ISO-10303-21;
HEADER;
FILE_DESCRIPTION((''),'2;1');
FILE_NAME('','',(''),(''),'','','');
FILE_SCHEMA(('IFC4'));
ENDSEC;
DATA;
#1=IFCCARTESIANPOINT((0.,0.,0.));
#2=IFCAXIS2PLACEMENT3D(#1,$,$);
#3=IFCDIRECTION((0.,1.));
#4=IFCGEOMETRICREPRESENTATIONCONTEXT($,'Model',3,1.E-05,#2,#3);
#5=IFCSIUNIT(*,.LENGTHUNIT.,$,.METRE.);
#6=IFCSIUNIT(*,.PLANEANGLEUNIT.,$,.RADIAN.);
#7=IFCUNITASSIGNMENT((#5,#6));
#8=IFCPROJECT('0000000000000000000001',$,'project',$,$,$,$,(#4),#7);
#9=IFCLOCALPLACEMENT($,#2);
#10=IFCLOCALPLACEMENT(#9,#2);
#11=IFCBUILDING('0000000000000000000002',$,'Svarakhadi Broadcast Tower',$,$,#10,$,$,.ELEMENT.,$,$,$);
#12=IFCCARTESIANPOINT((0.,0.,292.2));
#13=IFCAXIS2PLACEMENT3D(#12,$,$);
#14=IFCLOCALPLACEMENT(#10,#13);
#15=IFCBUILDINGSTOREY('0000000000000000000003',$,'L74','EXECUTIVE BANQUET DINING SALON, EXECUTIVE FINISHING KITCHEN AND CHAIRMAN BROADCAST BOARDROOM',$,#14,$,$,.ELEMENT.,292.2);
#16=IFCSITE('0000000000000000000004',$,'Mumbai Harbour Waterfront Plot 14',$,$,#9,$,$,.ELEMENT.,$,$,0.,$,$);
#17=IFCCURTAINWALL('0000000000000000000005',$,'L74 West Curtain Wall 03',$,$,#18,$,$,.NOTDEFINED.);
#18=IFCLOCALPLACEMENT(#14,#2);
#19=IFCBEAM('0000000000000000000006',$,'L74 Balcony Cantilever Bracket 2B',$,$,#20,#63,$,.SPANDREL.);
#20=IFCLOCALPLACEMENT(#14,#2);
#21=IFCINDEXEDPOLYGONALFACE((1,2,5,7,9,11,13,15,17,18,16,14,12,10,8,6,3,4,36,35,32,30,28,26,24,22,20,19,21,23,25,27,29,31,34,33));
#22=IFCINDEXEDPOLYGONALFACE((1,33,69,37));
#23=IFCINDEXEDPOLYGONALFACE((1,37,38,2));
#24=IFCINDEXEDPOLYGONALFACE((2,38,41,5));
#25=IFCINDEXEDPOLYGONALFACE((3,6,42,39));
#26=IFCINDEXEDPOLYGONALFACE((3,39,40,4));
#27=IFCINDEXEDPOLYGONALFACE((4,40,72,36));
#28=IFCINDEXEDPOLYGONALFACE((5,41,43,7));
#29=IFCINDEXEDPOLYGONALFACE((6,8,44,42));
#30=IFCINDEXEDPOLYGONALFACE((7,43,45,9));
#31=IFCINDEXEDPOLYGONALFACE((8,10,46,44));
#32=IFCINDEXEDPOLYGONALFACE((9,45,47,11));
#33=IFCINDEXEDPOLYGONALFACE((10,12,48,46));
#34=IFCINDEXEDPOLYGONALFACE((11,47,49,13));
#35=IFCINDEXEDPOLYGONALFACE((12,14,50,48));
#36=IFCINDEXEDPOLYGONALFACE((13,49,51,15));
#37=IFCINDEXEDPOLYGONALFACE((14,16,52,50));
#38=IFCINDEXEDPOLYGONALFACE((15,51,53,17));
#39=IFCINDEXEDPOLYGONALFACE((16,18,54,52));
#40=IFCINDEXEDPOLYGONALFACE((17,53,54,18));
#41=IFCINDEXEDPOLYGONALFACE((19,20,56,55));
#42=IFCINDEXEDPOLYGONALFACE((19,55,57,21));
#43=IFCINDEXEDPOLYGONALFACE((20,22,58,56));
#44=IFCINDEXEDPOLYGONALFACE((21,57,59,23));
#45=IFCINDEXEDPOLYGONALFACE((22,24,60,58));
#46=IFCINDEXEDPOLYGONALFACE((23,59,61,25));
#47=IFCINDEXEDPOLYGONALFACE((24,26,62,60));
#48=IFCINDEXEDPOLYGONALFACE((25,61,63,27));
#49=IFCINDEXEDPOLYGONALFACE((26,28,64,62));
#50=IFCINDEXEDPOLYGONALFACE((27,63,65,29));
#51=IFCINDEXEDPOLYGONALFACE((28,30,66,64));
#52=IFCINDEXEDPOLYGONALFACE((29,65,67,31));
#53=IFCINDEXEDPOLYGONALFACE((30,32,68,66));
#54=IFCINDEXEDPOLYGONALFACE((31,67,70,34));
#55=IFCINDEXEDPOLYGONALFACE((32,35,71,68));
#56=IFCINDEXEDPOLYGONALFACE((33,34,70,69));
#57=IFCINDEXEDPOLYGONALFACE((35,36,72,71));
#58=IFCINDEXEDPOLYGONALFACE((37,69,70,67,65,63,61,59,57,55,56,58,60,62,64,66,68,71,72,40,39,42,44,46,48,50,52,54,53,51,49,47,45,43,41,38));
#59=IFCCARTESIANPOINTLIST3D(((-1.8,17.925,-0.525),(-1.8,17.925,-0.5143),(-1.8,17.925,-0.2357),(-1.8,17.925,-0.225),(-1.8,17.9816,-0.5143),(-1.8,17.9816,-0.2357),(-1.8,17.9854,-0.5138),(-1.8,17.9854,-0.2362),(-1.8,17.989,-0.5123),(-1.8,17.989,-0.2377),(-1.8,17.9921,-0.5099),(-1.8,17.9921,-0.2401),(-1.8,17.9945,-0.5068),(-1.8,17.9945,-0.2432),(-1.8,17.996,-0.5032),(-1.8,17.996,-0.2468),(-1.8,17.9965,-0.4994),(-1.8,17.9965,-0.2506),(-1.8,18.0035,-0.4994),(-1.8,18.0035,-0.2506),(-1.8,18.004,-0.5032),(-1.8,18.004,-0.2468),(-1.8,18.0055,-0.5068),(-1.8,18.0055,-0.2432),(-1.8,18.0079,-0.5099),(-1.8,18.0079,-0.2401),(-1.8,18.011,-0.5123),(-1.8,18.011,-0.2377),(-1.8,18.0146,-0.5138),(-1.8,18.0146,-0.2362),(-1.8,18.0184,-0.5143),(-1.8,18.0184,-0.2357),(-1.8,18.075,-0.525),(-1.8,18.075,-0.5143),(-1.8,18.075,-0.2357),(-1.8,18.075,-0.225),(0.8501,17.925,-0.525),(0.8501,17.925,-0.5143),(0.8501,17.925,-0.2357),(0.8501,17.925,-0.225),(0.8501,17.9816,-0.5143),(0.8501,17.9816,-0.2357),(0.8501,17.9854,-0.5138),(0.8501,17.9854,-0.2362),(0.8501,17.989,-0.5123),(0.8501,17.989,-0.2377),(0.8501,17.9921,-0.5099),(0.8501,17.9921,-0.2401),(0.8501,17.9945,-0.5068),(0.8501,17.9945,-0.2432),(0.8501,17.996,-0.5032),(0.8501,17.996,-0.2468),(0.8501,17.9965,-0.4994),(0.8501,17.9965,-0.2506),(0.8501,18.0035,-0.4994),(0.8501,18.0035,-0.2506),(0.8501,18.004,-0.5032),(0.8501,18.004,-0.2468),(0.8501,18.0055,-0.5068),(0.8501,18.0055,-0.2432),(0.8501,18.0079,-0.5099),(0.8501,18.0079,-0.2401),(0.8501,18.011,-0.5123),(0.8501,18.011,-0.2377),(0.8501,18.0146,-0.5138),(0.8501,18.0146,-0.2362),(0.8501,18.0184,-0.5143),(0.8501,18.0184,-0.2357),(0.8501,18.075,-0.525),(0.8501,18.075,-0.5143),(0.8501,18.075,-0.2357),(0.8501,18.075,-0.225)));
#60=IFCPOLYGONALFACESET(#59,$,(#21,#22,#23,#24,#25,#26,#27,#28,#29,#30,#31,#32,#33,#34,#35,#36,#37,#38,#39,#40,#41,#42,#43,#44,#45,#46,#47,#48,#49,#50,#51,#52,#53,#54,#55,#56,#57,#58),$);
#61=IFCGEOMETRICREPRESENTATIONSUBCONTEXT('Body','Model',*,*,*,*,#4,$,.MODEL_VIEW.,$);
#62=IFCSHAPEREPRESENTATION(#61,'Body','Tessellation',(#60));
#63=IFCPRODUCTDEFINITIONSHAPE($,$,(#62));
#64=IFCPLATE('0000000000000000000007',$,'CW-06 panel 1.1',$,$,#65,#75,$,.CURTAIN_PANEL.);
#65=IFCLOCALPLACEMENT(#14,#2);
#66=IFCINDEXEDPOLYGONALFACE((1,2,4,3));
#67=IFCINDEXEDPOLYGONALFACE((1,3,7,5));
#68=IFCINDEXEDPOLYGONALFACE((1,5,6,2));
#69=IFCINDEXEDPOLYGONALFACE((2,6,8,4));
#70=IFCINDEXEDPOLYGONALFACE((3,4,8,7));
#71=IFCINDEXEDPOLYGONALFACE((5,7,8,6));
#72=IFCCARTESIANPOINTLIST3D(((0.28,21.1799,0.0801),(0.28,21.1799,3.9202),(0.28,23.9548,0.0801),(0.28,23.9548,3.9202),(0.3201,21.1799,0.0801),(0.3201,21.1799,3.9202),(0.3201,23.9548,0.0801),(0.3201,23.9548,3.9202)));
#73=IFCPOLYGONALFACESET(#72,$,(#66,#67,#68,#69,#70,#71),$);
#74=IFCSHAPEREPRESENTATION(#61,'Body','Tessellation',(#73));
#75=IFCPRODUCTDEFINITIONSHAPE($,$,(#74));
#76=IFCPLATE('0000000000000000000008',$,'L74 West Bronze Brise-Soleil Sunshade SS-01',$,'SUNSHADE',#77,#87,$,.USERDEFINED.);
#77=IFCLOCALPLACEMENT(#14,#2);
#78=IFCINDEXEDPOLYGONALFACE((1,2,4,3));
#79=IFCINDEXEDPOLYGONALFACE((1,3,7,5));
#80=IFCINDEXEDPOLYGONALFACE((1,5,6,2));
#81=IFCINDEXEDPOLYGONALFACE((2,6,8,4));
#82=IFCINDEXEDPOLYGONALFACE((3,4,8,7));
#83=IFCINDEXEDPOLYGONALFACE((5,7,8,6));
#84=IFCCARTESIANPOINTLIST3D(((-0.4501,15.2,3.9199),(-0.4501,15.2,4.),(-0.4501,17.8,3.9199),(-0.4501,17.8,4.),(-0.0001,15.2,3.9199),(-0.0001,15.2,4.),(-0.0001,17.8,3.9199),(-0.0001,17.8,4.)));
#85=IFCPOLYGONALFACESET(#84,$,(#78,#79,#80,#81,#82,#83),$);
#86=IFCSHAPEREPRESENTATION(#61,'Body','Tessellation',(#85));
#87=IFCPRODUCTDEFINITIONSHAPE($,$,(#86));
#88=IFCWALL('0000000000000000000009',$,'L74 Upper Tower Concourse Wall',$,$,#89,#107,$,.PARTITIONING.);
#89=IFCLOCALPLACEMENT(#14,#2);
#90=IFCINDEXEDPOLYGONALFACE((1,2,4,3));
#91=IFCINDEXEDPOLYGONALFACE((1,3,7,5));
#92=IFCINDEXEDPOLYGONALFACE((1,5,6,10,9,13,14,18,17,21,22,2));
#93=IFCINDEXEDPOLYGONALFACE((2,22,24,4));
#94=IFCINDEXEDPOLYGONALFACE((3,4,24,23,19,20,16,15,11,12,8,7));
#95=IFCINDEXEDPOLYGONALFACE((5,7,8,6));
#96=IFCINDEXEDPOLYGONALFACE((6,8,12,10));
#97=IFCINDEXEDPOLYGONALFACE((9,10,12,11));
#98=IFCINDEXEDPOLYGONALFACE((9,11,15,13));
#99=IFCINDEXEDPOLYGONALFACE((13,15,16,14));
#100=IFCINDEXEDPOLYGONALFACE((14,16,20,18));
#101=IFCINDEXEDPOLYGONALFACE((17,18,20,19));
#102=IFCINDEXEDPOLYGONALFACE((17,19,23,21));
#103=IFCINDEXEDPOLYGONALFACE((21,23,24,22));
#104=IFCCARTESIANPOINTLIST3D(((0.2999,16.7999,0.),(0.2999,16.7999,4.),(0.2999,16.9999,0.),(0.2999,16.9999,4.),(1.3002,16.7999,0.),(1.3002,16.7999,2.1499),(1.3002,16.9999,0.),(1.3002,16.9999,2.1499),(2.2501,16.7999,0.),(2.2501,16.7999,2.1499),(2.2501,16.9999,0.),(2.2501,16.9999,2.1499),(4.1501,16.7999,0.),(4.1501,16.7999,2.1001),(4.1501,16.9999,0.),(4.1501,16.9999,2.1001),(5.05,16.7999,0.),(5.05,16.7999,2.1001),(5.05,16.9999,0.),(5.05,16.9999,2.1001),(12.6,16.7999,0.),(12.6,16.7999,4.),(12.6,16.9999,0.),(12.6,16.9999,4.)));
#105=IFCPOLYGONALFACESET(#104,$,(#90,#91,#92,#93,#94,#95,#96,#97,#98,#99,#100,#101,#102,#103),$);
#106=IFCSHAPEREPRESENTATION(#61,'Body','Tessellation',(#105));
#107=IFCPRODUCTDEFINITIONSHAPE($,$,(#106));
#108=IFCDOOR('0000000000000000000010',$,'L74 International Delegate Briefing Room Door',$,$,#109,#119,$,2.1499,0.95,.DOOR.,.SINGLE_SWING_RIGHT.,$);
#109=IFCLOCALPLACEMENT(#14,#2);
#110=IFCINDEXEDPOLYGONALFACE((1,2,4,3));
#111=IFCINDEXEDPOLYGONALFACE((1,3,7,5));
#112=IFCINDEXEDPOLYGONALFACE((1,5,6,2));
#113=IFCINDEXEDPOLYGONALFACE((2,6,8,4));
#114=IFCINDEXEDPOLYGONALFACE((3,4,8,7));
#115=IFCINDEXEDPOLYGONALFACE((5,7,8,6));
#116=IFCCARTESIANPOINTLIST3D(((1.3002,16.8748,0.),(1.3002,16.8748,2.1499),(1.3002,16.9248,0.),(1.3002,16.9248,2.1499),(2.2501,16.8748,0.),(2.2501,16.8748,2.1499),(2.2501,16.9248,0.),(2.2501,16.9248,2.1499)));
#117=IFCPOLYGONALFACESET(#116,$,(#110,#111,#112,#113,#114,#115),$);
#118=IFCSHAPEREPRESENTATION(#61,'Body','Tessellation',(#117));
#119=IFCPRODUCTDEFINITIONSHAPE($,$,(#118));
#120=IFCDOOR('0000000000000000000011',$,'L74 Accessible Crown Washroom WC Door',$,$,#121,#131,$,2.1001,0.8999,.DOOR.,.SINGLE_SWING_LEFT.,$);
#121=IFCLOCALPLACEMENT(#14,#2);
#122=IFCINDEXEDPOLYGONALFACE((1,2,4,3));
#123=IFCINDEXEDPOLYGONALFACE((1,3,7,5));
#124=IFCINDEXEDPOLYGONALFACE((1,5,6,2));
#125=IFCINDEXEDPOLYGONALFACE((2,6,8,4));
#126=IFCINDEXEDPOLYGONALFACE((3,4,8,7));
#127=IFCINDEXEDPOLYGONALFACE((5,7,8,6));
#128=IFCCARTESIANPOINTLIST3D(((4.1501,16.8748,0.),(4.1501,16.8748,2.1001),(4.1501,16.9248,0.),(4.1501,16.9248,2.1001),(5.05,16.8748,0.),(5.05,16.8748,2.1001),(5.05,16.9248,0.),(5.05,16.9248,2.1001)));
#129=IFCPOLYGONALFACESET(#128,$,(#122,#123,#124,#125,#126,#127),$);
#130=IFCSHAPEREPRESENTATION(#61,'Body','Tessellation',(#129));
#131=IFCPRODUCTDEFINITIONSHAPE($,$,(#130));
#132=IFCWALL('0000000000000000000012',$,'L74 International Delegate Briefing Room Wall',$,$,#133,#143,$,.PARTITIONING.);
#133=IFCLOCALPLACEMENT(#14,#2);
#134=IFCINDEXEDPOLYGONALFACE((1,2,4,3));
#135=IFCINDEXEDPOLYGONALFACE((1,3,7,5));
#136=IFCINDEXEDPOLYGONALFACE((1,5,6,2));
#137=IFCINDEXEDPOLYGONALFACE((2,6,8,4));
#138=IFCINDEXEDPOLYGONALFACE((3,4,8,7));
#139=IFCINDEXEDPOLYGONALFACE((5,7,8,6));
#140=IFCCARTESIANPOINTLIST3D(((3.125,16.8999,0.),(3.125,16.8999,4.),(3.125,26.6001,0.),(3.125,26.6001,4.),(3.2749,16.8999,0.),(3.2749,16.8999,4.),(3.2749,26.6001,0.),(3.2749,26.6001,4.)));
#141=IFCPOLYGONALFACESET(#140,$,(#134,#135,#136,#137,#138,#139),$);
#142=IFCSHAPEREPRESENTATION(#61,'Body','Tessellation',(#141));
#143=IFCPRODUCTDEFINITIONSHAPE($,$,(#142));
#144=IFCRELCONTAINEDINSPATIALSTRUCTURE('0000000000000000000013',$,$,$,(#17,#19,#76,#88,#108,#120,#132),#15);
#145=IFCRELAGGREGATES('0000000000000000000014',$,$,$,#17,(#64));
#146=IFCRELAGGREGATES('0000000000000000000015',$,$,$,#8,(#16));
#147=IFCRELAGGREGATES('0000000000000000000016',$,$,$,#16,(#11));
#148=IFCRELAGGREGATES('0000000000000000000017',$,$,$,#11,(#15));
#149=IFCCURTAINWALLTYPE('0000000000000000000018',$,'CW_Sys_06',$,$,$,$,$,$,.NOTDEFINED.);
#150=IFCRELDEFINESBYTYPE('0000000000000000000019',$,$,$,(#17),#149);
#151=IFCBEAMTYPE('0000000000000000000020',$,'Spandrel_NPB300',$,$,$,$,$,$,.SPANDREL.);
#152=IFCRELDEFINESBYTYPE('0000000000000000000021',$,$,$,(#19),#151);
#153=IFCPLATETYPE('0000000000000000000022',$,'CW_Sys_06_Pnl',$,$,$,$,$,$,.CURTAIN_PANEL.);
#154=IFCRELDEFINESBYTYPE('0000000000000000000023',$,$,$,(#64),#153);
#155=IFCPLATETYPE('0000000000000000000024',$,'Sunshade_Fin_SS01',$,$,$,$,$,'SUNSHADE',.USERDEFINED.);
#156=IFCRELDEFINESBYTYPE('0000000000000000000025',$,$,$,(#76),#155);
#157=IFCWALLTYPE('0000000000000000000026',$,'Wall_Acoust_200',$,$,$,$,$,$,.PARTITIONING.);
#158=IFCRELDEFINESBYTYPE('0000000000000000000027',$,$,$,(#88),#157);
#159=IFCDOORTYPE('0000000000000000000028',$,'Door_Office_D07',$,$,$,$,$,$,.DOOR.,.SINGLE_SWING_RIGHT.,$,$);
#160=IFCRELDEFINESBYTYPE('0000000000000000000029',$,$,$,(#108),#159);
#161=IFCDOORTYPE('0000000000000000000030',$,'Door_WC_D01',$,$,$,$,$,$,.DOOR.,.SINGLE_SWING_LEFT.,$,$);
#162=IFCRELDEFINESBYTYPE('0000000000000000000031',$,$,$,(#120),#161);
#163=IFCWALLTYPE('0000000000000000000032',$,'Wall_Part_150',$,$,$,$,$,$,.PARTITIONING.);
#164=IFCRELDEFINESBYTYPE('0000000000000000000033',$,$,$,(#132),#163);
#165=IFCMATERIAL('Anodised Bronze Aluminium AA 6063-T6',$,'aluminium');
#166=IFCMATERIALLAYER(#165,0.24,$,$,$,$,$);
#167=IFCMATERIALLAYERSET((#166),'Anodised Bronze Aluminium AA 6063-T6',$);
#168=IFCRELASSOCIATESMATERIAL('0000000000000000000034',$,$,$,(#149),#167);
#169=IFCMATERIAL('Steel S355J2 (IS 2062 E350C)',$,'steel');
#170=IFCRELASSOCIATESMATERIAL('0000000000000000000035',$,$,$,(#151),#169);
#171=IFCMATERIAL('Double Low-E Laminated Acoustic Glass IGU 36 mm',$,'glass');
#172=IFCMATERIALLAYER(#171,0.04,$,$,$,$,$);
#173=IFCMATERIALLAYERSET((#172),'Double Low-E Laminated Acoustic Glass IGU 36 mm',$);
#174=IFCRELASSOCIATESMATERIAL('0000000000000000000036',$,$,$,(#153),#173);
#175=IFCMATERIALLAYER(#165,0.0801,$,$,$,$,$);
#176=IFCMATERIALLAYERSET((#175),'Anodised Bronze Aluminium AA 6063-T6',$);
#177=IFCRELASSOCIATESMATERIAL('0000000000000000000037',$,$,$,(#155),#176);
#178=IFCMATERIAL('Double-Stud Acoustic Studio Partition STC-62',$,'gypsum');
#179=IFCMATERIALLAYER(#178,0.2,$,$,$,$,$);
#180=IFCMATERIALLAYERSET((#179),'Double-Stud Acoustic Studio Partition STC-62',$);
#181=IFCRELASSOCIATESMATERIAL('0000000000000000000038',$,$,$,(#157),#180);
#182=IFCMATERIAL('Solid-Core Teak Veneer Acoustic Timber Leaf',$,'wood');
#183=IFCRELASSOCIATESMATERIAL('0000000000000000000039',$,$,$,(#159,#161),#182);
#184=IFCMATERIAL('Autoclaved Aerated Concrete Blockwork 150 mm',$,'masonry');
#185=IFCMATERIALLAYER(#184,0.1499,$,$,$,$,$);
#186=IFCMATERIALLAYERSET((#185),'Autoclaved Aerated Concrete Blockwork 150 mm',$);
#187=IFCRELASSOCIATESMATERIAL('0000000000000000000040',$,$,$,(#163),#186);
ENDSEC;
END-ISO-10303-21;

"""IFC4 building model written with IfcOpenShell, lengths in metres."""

from ifc_helpers import new_model, si_unit, direction, frame, frame_2d, origin, origin_2d, place, context, subcontext, project, spatial, rectangle, i_section, extrude, material, layer, layer_set, material_profile, profile_set, type_object, element, fill, aggregate, save


model = new_model("IFC4")

# Units and contexts
model_context = context("Model", 3, precision=1e-05, world=origin(), true_north=direction((0.0, 1.0)))
body_context = subcontext(model_context, "Body", "Model", "MODEL_VIEW")
ifc_project = project(units=[si_unit("LENGTHUNIT", "METRE"), si_unit("PLANEANGLEUNIT", "RADIAN")], contexts=[model_context])

# Site, building, storey
site_placement = place(None, origin())
site = spatial("IfcSite", under=ifc_project, at=site_placement, Name="Mumbai Harbour Waterfront Plot 14", CompositionType="ELEMENT", RefElevation=0.0)
building_placement = place(site_placement, origin())
building = spatial("IfcBuilding", under=site, at=building_placement, Name="Svarakhadi Broadcast Tower", CompositionType="ELEMENT")
storey_placement = place(building_placement, frame((0.0, 0.0, 292.2)))
storey = spatial("IfcBuildingStorey", under=building, at=storey_placement, Name="L74", Description="EXECUTIVE BANQUET DINING SALON, EXECUTIVE FINISHING KITCHEN AND CHAIRMAN BROADCAST BOARDROOM", CompositionType="ELEMENT", Elevation=292.2)

# Shared definitions
ifc_material_1 = material(Name="Steel S355J2 (IS 2062 E350C)", Category="steel")

# Curtain wall
ifc_material_2 = material(Name="Anodised Bronze Aluminium AA 6063-T6", Category="aluminium")
ifc_layer_1 = layer(ifc_material_2, 0.24)
ifc_layer_set_1 = layer_set([ifc_layer_1], Name="Anodised Bronze Aluminium AA 6063-T6")
curtain_wall_type = type_object("IfcCurtainWallType", Name="CW_Sys_06", PredefinedType="NOTDEFINED", material=ifc_layer_set_1)
curtain_wall_placement = place(storey_placement, origin())
curtain_wall = element("IfcCurtainWall", 1, at=curtain_wall_placement, inside=storey, type_object=curtain_wall_type, Name="L74 West Curtain Wall 03", PredefinedType="NOTDEFINED")

# Beam
ifc_material_profile_1 = material_profile(ifc_material_1, i_section(OverallWidth=0.1499, OverallDepth=0.3, WebThickness=0.0071, FlangeThickness=0.0107, FilletRadius=0.0149, at=origin_2d()), Name="NPB 300x150x37")
ifc_profile_set_1 = profile_set([ifc_material_profile_1], Name="Steel S355J2 (IS 2062 E350C)")
beam_type_1 = type_object("IfcBeamType", Name="Spandrel_NPB300", PredefinedType="SPANDREL", material=ifc_profile_set_1)
for number, where, z_axis, x_axis, name in (
    (2, (0.8501, 18.0, -0.375), (-1.0, 0.0, 0.0), (0.0, -1.0, 0.0), "L74 Balcony Cantilever Bracket 2B"),
):
    element("IfcBeam", number, at=place(storey_placement, frame(where, z_axis=z_axis, x_axis=x_axis)), inside=storey, type_object=beam_type_1, Name=name, PredefinedType="SPANDREL", context=body_context, shape_type="SweptSolid", body=[
        extrude(i_section(OverallWidth=0.1499, OverallDepth=0.3, WebThickness=0.0071, FlangeThickness=0.0107, FilletRadius=0.0149, at=origin_2d()), origin(), (0.0, 0.0, 1.0), 2.6501),
    ])

# Plates
ifc_material_3 = material(Name="Double Low-E Laminated Acoustic Glass IGU 36 mm", Category="glass")
ifc_layer_2 = layer(ifc_material_3, 0.04)
ifc_layer_set_2 = layer_set([ifc_layer_2], Name="Double Low-E Laminated Acoustic Glass IGU 36 mm")
plate_type_1 = type_object("IfcPlateType", Name="CW_Sys_06_Pnl", PredefinedType="CURTAIN_PANEL", material=ifc_layer_set_2)
plate_1_placement = place(storey_placement, frame((0.3, 22.5674, 0.0801), z_axis=(0.0, 0.0, 1.0), x_axis=(0.0, 1.0, 0.0)))
plate_1 = element("IfcPlate", 3, at=plate_1_placement, type_object=plate_type_1, Name="CW-06 panel 1.1", PredefinedType="CURTAIN_PANEL", context=body_context, shape_type="SweptSolid", body=[
    extrude(rectangle(XDim=2.7749, YDim=0.04, at=origin_2d()), origin(), (0.0, 0.0, 1.0), 3.8401),
])
aggregate(curtain_wall, [plate_1])
ifc_layer_3 = layer(ifc_material_2, 0.0801)
ifc_layer_set_3 = layer_set([ifc_layer_3], Name="Anodised Bronze Aluminium AA 6063-T6")
plate_type_2 = type_object("IfcPlateType", Name="Sunshade_Fin_SS01", ElementType="SUNSHADE", PredefinedType="USERDEFINED", material=ifc_layer_set_3)
plate_2_placement = place(storey_placement, frame((-0.2251, 16.5, 3.9199), z_axis=(0.0, 0.0, 1.0), x_axis=(0.0, 1.0, 0.0)))
element("IfcPlate", 4, at=plate_2_placement, inside=storey, type_object=plate_type_2, Name="L74 West Bronze Brise-Soleil Sunshade SS-01", ObjectType="SUNSHADE", PredefinedType="USERDEFINED", context=body_context, shape_type="SweptSolid", body=[
    extrude(rectangle(XDim=2.6001, YDim=0.45, at=origin_2d()), origin(), (0.0, 0.0, 1.0), 0.0801),
])

# Wall, openings, doors
ifc_material_4 = material(Name="Double-Stud Acoustic Studio Partition STC-62", Category="gypsum")
ifc_layer_4 = layer(ifc_material_4, 0.2)
ifc_layer_set_4 = layer_set([ifc_layer_4], Name="Double-Stud Acoustic Studio Partition STC-62")
wall_type_1 = type_object("IfcWallType", Name="Wall_Acoust_200", PredefinedType="PARTITIONING", material=ifc_layer_set_4)
wall_1_placement = place(storey_placement, frame((0.3, 16.8999, 0.0), z_axis=(0.0, 0.0, 1.0), x_axis=(1.0, 0.0, 0.0)))
wall_1 = element("IfcWall", 5, at=wall_1_placement, inside=storey, type_object=wall_type_1, Name="L74 Upper Tower Concourse Wall", PredefinedType="PARTITIONING", context=body_context, shape_type="SweptSolid", body=[
    extrude(rectangle(XDim=12.3, YDim=0.2, at=frame_2d((6.1499, 0.0))), origin(), (0.0, 0.0, 1.0), 4.0),
])
opening_1_placement = place(wall_1_placement, frame((1.0, 0.0, 0.0)))
opening_1 = element("IfcOpeningElement", 6, at=opening_1_placement, cuts=wall_1, PredefinedType="OPENING", context=body_context, shape_type="SweptSolid", body=[
    extrude(rectangle(XDim=0.95, YDim=2.1499, at=frame_2d((0.4751, 1.075))), frame((0.0, 0.1099, 0.0), z_axis=(0.0, -1.0, 0.0), x_axis=(1.0, 0.0, 0.0)), (0.0, 0.0, 1.0), 0.22),
])
opening_2_placement = place(wall_1_placement, frame((3.8501, 0.0, 0.0)))
opening_2 = element("IfcOpeningElement", 7, at=opening_2_placement, cuts=wall_1, PredefinedType="OPENING", context=body_context, shape_type="SweptSolid", body=[
    extrude(rectangle(XDim=0.8999, YDim=2.1001, at=frame_2d((0.45, 1.05))), frame((0.0, 0.1099, 0.0), z_axis=(0.0, -1.0, 0.0), x_axis=(1.0, 0.0, 0.0)), (0.0, 0.0, 1.0), 0.22),
])
ifc_material_5 = material(Name="Solid-Core Teak Veneer Acoustic Timber Leaf", Category="wood")
door_type_1 = type_object("IfcDoorType", Name="Door_Office_D07", OperationType="SINGLE_SWING_RIGHT", PredefinedType="DOOR", material=ifc_material_5)
door_1_placement = place(opening_1_placement, origin())
door_1 = element("IfcDoor", 8, at=door_1_placement, inside=storey, type_object=door_type_1, Name="L74 International Delegate Briefing Room Door", OperationType="SINGLE_SWING_RIGHT", OverallHeight=2.1499, OverallWidth=0.95, PredefinedType="DOOR", context=body_context, shape_type="SweptSolid", body=[
    extrude(rectangle(XDim=0.95, YDim=2.1499, at=frame_2d((0.4751, 1.075))), frame((0.0, 0.0249, 0.0), z_axis=(0.0, -1.0, 0.0), x_axis=(1.0, 0.0, 0.0)), (0.0, 0.0, 1.0), 0.05),
])
fill(opening_1, door_1)
door_type_2 = type_object("IfcDoorType", Name="Door_WC_D01", OperationType="SINGLE_SWING_LEFT", PredefinedType="DOOR", material=ifc_material_5)
door_2_placement = place(opening_2_placement, origin())
door_2 = element("IfcDoor", 9, at=door_2_placement, inside=storey, type_object=door_type_2, Name="L74 Accessible Crown Washroom WC Door", OperationType="SINGLE_SWING_LEFT", OverallHeight=2.1001, OverallWidth=0.8999, PredefinedType="DOOR", context=body_context, shape_type="SweptSolid", body=[
    extrude(rectangle(XDim=0.8999, YDim=2.1001, at=frame_2d((0.45, 1.05))), frame((0.0, 0.0249, 0.0), z_axis=(0.0, -1.0, 0.0), x_axis=(1.0, 0.0, 0.0)), (0.0, 0.0, 1.0), 0.05),
])
fill(opening_2, door_2)

# Wall
ifc_material_6 = material(Name="Autoclaved Aerated Concrete Blockwork 150 mm", Category="masonry")
ifc_layer_5 = layer(ifc_material_6, 0.1499)
ifc_layer_set_5 = layer_set([ifc_layer_5], Name="Autoclaved Aerated Concrete Blockwork 150 mm")
wall_type_2 = type_object("IfcWallType", Name="Wall_Part_150", PredefinedType="PARTITIONING", material=ifc_layer_set_5)
wall_2_placement = place(storey_placement, frame((3.2, 16.8999, 0.0), z_axis=(0.0, 0.0, 1.0), x_axis=(0.0, 1.0, 0.0)))
element("IfcWall", 10, at=wall_2_placement, inside=storey, type_object=wall_type_2, Name="L74 International Delegate Briefing Room Wall", PredefinedType="PARTITIONING", context=body_context, shape_type="SweptSolid", body=[
    extrude(rectangle(XDim=9.7002, YDim=0.1499, at=frame_2d((4.8501, 0.0))), origin(), (0.0, 0.0, 1.0), 4.0),
])

save(model, "model.ifc")
